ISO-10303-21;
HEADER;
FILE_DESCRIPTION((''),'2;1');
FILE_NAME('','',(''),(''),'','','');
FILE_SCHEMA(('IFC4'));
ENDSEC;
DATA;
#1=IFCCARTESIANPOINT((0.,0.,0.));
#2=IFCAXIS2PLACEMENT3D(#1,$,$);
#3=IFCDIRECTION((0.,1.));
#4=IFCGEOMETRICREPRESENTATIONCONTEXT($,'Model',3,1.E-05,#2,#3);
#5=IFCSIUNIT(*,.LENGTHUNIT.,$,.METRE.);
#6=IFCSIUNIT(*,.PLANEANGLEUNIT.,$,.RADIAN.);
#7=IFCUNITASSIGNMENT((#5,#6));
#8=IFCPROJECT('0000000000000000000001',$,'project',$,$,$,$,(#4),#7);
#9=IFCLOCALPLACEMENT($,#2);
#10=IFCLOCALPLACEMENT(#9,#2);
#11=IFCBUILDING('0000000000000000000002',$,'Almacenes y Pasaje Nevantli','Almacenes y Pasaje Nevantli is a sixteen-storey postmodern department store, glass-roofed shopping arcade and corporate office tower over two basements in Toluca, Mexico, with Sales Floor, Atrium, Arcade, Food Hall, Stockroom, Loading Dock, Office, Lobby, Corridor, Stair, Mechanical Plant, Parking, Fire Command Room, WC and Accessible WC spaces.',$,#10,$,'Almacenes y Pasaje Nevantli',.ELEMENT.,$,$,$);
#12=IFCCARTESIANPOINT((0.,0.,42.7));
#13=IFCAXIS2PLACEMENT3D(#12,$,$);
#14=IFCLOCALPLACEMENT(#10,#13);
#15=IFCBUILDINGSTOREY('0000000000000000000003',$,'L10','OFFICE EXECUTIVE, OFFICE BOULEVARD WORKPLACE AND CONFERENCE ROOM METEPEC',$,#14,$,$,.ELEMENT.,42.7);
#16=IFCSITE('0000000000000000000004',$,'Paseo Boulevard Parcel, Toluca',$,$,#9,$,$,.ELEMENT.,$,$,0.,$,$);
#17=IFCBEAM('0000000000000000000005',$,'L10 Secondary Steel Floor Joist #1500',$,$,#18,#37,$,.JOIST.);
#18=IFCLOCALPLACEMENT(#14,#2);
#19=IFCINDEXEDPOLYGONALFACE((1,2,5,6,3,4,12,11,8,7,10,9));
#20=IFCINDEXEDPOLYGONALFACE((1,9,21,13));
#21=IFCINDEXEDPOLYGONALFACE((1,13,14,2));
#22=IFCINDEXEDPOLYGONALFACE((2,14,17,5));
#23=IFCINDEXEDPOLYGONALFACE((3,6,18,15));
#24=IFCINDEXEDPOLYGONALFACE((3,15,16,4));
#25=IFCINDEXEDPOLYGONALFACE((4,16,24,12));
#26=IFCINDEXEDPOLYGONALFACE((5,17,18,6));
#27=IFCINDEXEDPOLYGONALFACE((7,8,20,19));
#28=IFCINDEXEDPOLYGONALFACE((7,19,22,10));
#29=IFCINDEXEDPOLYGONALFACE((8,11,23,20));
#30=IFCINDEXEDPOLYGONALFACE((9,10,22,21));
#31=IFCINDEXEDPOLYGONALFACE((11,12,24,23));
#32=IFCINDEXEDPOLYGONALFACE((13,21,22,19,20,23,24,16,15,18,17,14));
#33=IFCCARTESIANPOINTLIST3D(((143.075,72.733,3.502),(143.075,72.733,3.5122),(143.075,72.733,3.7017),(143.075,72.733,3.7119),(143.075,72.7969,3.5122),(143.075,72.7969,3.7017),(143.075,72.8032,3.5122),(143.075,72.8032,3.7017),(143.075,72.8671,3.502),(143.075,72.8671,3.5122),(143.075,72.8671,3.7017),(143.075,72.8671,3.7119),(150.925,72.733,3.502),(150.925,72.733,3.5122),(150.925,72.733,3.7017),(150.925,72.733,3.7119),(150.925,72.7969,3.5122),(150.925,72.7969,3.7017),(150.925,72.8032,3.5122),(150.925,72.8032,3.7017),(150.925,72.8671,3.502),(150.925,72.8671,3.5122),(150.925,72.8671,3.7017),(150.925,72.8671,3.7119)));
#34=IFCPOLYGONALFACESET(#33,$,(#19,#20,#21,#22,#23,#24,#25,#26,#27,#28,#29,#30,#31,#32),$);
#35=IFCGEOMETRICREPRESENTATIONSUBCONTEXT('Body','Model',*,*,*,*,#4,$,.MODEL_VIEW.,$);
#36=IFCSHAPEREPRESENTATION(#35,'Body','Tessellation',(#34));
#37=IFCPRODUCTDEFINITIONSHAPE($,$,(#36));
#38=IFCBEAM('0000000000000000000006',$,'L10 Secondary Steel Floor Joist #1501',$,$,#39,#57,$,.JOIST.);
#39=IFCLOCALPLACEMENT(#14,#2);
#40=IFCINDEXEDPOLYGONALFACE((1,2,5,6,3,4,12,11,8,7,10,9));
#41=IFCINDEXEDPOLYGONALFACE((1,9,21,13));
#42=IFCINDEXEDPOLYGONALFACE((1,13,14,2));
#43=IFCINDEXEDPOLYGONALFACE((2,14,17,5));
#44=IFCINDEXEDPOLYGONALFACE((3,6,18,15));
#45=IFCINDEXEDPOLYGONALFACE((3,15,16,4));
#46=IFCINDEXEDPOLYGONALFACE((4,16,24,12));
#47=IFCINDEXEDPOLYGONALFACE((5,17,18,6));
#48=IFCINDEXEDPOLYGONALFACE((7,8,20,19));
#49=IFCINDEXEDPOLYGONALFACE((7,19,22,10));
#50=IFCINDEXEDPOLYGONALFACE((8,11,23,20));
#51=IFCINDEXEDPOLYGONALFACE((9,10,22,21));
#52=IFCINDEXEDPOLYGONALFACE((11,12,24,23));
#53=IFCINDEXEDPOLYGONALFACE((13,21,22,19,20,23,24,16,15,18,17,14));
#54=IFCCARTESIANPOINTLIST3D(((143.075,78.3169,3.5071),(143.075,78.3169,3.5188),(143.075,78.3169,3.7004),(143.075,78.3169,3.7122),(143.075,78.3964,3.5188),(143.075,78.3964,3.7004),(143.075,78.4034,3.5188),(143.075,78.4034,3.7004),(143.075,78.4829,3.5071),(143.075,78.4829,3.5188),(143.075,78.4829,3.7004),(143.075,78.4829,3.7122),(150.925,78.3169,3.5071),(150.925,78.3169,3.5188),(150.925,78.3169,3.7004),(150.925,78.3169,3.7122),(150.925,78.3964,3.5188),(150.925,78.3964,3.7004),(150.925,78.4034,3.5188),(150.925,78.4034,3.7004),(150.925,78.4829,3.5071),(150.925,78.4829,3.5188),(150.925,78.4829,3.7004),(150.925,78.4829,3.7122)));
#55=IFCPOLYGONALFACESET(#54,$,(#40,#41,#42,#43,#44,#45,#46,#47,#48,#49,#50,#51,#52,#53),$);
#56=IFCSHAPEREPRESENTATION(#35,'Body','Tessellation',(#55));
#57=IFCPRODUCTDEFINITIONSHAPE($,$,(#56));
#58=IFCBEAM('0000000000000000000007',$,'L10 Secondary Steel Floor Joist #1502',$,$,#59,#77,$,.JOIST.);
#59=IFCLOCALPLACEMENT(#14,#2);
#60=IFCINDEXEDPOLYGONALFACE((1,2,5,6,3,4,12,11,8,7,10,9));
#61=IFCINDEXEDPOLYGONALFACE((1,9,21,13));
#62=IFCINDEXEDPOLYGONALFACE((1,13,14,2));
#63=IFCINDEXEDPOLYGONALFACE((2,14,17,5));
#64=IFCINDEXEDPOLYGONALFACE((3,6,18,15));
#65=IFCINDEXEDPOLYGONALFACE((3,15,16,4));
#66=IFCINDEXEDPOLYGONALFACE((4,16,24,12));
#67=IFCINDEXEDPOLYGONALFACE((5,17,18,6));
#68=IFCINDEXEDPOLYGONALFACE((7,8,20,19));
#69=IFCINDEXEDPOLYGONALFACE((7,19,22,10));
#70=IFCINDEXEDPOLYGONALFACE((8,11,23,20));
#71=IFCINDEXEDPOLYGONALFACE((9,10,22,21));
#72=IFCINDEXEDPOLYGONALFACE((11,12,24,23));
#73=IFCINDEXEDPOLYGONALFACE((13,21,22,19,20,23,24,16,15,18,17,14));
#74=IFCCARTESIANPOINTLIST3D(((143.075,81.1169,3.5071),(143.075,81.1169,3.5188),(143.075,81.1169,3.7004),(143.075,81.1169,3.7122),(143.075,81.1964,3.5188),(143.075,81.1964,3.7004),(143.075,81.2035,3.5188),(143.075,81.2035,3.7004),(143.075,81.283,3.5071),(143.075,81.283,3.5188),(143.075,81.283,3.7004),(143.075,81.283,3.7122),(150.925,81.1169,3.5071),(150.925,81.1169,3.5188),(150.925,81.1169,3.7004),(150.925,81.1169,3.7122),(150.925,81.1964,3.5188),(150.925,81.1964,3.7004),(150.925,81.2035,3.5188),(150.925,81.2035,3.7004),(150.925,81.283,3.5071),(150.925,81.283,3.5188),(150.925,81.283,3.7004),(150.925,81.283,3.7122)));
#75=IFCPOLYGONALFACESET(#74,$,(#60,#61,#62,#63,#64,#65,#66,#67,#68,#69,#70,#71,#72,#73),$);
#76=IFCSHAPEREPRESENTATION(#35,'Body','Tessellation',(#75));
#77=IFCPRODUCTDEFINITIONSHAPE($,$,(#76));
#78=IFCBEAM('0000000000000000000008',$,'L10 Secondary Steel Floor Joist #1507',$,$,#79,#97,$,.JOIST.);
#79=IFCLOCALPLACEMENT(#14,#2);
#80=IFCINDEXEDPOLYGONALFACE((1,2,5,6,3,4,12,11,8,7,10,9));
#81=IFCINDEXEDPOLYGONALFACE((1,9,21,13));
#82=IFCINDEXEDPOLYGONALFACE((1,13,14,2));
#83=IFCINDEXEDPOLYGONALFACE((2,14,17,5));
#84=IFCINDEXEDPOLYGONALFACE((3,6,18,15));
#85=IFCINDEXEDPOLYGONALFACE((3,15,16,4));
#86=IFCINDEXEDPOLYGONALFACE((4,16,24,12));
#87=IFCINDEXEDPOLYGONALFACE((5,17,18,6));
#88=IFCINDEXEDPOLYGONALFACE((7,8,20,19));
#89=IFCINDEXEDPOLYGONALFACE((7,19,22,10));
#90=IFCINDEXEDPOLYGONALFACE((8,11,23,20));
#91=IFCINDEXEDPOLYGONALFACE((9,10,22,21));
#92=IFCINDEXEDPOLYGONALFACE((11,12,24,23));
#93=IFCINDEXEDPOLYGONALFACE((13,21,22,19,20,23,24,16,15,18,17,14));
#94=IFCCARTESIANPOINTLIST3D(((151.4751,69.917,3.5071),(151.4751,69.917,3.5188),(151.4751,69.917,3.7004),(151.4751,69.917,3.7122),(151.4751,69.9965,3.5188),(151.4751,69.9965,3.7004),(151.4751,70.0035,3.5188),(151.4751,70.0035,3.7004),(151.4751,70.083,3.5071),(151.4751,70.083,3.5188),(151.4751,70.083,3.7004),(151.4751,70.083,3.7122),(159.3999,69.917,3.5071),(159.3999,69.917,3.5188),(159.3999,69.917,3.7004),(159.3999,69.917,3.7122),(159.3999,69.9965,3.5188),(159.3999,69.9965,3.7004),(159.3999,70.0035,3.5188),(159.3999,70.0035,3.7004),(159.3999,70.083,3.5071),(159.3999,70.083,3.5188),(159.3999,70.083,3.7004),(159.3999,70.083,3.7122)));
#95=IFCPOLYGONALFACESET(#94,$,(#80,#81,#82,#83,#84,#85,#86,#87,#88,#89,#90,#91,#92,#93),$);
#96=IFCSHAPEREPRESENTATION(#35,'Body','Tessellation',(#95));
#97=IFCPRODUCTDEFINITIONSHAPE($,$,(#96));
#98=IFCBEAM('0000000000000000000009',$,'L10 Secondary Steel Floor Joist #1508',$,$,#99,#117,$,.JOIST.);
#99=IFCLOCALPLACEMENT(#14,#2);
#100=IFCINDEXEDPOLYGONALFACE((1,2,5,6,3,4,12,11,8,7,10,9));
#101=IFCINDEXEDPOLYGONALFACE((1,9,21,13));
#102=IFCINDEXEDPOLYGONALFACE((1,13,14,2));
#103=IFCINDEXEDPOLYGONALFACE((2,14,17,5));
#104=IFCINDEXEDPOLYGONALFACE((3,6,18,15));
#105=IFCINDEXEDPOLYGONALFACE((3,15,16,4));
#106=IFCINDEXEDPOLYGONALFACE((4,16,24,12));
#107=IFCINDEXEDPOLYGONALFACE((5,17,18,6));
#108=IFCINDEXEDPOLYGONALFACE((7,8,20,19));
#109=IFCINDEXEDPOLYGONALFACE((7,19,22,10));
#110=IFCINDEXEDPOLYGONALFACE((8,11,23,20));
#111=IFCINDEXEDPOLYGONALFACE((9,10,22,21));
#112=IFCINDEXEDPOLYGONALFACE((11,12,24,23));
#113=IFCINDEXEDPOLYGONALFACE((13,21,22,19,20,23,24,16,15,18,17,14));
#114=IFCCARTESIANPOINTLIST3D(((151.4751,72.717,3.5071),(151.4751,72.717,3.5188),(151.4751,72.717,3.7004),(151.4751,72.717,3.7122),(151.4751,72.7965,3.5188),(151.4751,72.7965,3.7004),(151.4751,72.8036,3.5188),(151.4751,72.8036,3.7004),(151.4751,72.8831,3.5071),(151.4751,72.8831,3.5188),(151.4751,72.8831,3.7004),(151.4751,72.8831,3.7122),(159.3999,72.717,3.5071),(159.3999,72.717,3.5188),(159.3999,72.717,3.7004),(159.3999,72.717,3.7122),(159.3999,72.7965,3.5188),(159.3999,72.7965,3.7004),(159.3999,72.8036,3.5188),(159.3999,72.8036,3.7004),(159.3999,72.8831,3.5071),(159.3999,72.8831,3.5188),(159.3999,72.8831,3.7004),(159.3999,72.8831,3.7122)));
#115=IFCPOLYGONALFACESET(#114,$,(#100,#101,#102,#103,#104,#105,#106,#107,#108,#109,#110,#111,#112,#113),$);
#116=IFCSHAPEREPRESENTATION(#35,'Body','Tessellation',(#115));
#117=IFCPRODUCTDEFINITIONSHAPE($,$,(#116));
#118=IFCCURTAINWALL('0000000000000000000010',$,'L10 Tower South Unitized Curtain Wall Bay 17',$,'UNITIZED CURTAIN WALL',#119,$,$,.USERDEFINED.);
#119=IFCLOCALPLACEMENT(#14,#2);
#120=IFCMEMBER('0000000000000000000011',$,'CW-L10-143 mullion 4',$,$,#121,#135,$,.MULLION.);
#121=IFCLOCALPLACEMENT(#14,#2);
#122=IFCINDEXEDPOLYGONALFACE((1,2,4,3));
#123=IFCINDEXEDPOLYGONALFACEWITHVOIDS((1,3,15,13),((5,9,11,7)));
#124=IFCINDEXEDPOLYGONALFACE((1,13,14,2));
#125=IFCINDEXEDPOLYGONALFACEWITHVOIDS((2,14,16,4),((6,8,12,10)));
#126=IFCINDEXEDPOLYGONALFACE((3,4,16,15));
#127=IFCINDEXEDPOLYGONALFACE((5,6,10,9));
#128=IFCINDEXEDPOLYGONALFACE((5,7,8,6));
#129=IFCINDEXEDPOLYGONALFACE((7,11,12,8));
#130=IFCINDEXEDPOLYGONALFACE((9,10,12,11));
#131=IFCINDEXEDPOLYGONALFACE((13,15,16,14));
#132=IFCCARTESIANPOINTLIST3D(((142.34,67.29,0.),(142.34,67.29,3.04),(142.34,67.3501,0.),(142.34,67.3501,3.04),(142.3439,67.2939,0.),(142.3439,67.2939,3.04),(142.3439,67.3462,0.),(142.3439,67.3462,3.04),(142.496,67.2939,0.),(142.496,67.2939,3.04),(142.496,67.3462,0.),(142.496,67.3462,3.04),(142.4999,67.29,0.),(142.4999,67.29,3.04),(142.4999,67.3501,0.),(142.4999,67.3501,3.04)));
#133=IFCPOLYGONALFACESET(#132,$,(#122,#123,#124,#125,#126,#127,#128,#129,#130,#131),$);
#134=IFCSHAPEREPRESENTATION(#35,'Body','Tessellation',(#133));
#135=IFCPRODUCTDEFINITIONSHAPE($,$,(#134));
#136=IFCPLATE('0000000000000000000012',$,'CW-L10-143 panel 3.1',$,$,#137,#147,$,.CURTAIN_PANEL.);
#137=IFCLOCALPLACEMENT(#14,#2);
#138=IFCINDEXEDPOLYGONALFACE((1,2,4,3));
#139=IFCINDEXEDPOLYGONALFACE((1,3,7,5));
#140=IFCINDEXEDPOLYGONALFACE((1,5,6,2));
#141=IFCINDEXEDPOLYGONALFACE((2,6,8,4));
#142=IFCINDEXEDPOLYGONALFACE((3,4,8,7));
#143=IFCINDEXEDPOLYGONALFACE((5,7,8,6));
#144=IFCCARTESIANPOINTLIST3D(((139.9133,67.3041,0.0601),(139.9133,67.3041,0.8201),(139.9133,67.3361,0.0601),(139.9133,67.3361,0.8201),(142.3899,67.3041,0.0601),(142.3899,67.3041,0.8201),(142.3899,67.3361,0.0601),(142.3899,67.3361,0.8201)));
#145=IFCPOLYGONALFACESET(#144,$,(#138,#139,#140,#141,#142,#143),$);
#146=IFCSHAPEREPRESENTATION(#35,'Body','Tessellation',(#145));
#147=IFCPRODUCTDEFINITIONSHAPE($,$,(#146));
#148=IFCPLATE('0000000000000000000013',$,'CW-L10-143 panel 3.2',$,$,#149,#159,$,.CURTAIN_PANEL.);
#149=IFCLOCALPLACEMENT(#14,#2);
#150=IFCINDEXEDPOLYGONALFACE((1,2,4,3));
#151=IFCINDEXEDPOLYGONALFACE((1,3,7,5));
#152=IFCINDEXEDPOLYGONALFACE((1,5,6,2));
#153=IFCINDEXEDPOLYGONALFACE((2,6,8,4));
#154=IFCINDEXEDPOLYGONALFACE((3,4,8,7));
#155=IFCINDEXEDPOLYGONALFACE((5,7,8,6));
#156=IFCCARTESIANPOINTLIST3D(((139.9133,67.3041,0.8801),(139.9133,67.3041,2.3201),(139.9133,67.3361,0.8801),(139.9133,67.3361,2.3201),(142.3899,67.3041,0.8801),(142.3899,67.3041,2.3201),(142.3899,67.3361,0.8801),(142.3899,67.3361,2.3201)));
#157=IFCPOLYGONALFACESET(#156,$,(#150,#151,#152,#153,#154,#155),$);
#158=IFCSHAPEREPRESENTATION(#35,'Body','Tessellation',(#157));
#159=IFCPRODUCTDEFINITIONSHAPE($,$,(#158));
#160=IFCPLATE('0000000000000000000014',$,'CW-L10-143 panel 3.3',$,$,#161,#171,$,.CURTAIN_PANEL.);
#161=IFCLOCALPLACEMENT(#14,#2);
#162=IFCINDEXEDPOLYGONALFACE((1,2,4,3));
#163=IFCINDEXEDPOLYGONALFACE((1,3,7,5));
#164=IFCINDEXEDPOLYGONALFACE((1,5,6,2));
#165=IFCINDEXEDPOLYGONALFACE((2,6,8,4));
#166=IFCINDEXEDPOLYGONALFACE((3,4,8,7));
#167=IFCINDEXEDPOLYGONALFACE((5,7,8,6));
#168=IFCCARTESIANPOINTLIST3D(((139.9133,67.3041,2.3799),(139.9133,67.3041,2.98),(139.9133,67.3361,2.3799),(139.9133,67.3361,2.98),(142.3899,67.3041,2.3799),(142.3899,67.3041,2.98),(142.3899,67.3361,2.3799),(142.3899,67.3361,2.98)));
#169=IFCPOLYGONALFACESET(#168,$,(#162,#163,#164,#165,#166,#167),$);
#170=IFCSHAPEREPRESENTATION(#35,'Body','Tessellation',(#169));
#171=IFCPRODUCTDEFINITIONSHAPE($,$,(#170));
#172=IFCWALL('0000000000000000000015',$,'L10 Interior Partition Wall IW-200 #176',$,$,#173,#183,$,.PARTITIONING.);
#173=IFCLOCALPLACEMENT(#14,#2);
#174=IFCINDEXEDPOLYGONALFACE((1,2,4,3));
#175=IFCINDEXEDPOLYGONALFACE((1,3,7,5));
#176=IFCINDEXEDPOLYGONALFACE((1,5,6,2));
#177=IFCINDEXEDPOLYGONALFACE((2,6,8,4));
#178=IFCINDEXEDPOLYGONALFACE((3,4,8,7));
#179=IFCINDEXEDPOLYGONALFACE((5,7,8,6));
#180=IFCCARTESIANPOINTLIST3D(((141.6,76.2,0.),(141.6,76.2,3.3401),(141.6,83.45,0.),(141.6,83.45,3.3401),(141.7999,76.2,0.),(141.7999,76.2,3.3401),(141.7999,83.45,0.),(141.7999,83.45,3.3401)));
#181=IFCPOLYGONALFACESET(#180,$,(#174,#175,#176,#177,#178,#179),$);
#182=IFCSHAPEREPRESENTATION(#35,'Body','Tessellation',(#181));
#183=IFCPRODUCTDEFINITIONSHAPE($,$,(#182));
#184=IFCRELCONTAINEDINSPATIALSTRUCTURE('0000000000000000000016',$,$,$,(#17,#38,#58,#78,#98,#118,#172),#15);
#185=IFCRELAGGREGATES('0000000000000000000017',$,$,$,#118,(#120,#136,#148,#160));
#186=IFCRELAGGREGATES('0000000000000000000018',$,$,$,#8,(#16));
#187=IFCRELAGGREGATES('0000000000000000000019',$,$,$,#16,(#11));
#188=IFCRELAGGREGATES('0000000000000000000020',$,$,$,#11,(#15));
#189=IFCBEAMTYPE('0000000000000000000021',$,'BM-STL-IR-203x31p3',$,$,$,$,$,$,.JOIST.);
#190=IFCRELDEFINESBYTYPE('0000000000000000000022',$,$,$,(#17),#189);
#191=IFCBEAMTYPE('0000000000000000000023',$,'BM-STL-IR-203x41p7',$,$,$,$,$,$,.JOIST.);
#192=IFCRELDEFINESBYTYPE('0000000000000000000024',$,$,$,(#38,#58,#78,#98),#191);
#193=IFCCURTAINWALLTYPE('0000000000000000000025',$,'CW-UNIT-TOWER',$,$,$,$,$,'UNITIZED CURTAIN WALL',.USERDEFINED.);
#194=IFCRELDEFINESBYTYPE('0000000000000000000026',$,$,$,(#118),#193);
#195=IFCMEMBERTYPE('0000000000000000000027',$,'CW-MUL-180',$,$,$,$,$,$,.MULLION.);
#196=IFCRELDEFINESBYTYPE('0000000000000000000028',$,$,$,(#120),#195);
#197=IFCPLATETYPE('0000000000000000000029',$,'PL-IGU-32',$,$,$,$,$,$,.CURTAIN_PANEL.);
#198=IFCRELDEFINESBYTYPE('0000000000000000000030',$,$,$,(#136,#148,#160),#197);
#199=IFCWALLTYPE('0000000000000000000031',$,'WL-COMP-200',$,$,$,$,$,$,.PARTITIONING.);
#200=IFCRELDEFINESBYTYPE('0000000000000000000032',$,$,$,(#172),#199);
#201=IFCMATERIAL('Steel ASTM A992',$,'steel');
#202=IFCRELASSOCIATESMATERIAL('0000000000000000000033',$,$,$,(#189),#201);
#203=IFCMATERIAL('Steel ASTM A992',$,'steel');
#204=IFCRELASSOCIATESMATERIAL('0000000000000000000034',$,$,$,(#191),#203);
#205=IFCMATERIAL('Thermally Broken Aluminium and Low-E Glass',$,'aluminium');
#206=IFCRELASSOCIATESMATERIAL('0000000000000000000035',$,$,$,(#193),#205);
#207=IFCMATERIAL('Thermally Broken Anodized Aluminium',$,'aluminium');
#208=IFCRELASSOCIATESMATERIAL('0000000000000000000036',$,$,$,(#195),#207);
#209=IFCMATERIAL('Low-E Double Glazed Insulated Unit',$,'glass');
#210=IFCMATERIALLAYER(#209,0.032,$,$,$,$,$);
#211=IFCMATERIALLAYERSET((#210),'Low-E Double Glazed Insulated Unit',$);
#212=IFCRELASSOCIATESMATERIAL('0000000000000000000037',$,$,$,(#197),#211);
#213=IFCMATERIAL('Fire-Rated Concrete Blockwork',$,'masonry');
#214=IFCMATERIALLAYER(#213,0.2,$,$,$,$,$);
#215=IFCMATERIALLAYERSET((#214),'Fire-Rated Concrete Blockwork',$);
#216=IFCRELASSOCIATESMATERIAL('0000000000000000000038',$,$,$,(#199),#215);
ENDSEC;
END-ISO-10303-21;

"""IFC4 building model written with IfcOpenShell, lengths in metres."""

from ifc_helpers import new_model, si_unit, direction, frame, frame_2d, origin, origin_2d, place, context, subcontext, project, spatial, rectangle, hollow_rectangle, i_section, extrude, material, layer, layer_set, material_profile, profile_set, type_object, element, aggregate, save


model = new_model("IFC4")

# Units and contexts
model_context = context("Model", 3, precision=1e-05, world=origin(), true_north=direction((0.0, 1.0)))
body_context = subcontext(model_context, "Body", "Model", "MODEL_VIEW")
ifc_project = project(units=[si_unit("LENGTHUNIT", "METRE"), si_unit("PLANEANGLEUNIT", "RADIAN")], contexts=[model_context])

# Site, building, storey
site_placement = place(None, origin())
site = spatial("IfcSite", under=ifc_project, at=site_placement, Name="Paseo Boulevard Parcel, Toluca", CompositionType="ELEMENT", RefElevation=0.0)
building_placement = place(site_placement, origin())
building = spatial("IfcBuilding", under=site, at=building_placement, Name="Almacenes y Pasaje Nevantli", Description="Almacenes y Pasaje Nevantli is a sixteen-storey postmodern department store, glass-roofed shopping arcade and corporate office tower over two basements in Toluca, Mexico, with Sales Floor, Atrium, Arcade, Food Hall, Stockroom, Loading Dock, Office, Lobby, Corridor, Stair, Mechanical Plant, Parking, Fire Command Room, WC and Accessible WC spaces.", LongName="Almacenes y Pasaje Nevantli", CompositionType="ELEMENT")
storey_placement = place(building_placement, frame((0.0, 0.0, 42.7)))
storey = spatial("IfcBuildingStorey", under=building, at=storey_placement, Name="L10", Description="OFFICE EXECUTIVE, OFFICE BOULEVARD WORKPLACE AND CONFERENCE ROOM METEPEC", CompositionType="ELEMENT", Elevation=42.7)

# Beams
ifc_material_1 = material(Name="Steel ASTM A992", Category="steel")
ifc_material_profile_1 = material_profile(ifc_material_1, i_section(OverallWidth=0.134, OverallDepth=0.21, WebThickness=0.0063, FlangeThickness=0.0103, at=origin_2d()), Name="IR 203x31.3")
ifc_profile_set_1 = profile_set([ifc_material_profile_1], Name="Steel ASTM A992")
beam_type_1 = type_object("IfcBeamType", Name="BM-STL-IR-203x31p3", PredefinedType="JOIST", material=ifc_profile_set_1)
for number, where, z_axis, x_axis, name in (
    (1, (143.075, 72.8, 3.6069), (1.0, 0.0, 0.0), (0.0, 1.0, 0.0), "L10 Secondary Steel Floor Joist #1500"),
):
    element("IfcBeam", number, at=place(storey_placement, frame(where, z_axis=z_axis, x_axis=x_axis)), inside=storey, type_object=beam_type_1, Name=name, PredefinedType="JOIST", context=body_context, shape_type="SweptSolid", body=[
        extrude(i_section(OverallWidth=0.134, OverallDepth=0.21, WebThickness=0.0063, FlangeThickness=0.0103, at=origin_2d()), origin(), (0.0, 0.0, 1.0), 7.8501),
    ])
ifc_material_2 = material(Name="Steel ASTM A992", Category="steel")
ifc_material_profile_2 = material_profile(ifc_material_2, i_section(OverallWidth=0.166, OverallDepth=0.2051, WebThickness=0.0071, FlangeThickness=0.0117, at=origin_2d()), Name="IR 203x41.7")
ifc_profile_set_2 = profile_set([ifc_material_profile_2], Name="Steel ASTM A992")
beam_type_2 = type_object("IfcBeamType", Name="BM-STL-IR-203x41p7", PredefinedType="JOIST", material=ifc_profile_set_2)
for number, where, z_axis, x_axis, name in (
    (2, (143.075, 78.3999, 3.6096), (1.0, 0.0, 0.0), (0.0, 1.0, 0.0), "L10 Secondary Steel Floor Joist #1501"),
    (3, (143.075, 81.2, 3.6096), (1.0, 0.0, 0.0), (0.0, 1.0, 0.0), "L10 Secondary Steel Floor Joist #1502"),
):
    element("IfcBeam", number, at=place(storey_placement, frame(where, z_axis=z_axis, x_axis=x_axis)), inside=storey, type_object=beam_type_2, Name=name, PredefinedType="JOIST", context=body_context, shape_type="SweptSolid", body=[
        extrude(i_section(OverallWidth=0.166, OverallDepth=0.2051, WebThickness=0.0071, FlangeThickness=0.0117, at=origin_2d()), origin(), (0.0, 0.0, 1.0), 7.8501),
    ])
for number, where, z_axis, x_axis, name in (
    (4, (151.4751, 70.0, 3.6096), (1.0, 0.0, 0.0), (0.0, 1.0, 0.0), "L10 Secondary Steel Floor Joist #1507"),
    (5, (151.4751, 72.8, 3.6096), (1.0, 0.0, 0.0), (0.0, 1.0, 0.0), "L10 Secondary Steel Floor Joist #1508"),
):
    element("IfcBeam", number, at=place(storey_placement, frame(where, z_axis=z_axis, x_axis=x_axis)), inside=storey, type_object=beam_type_2, Name=name, PredefinedType="JOIST", context=body_context, shape_type="SweptSolid", body=[
        extrude(i_section(OverallWidth=0.166, OverallDepth=0.2051, WebThickness=0.0071, FlangeThickness=0.0117, at=origin_2d()), origin(), (0.0, 0.0, 1.0), 7.9248),
    ])

# Curtain wall, member, plates
ifc_material_3 = material(Name="Thermally Broken Aluminium and Low-E Glass", Category="aluminium")
curtain_wall_type = type_object("IfcCurtainWallType", Name="CW-UNIT-TOWER", ElementType="UNITIZED CURTAIN WALL", PredefinedType="USERDEFINED", material=ifc_material_3)
curtain_wall_placement = place(storey_placement, origin())
curtain_wall = element("IfcCurtainWall", 6, at=curtain_wall_placement, inside=storey, type_object=curtain_wall_type, Name="L10 Tower South Unitized Curtain Wall Bay 17", ObjectType="UNITIZED CURTAIN WALL", PredefinedType="USERDEFINED")
ifc_material_4 = material(Name="Thermally Broken Anodized Aluminium", Category="aluminium")
ifc_material_profile_3 = material_profile(ifc_material_4, hollow_rectangle(XDim=0.0601, YDim=0.1599, WallThickness=0.0039, at=origin_2d()), Name="ALU-MUL-60x160")
ifc_profile_set_3 = profile_set([ifc_material_profile_3], Name="Thermally Broken Anodized Aluminium")
member_type = type_object("IfcMemberType", Name="CW-MUL-180", PredefinedType="MULLION", material=ifc_profile_set_3)
member_placement = place(storey_placement, frame((142.4199, 67.3201, 0.0), z_axis=(0.0, 0.0, 1.0), x_axis=(0.0, 1.0, 0.0)))
member = element("IfcMember", 7, at=member_placement, type_object=member_type, Name="CW-L10-143 mullion 4", PredefinedType="MULLION", context=body_context, shape_type="SweptSolid", body=[
    extrude(hollow_rectangle(XDim=0.0601, YDim=0.1599, WallThickness=0.0039, at=origin_2d()), origin(), (0.0, 0.0, 1.0), 3.04),
])
ifc_material_5 = material(Name="Low-E Double Glazed Insulated Unit", Category="glass")
ifc_layer_1 = layer(ifc_material_5, 0.032)
ifc_layer_set_1 = layer_set([ifc_layer_1], Name="Low-E Double Glazed Insulated Unit")
plate_type = type_object("IfcPlateType", Name="PL-IGU-32", PredefinedType="CURTAIN_PANEL", material=ifc_layer_set_1)
plate_1_placement = place(storey_placement, frame((141.1516, 67.3201, 0.0601), z_axis=(0.0, 0.0, 1.0), x_axis=(1.0, 0.0, 0.0)))
plate_1 = element("IfcPlate", 8, at=plate_1_placement, type_object=plate_type, Name="CW-L10-143 panel 3.1", PredefinedType="CURTAIN_PANEL", context=body_context, shape_type="SweptSolid", body=[
    extrude(rectangle(XDim=2.4766, YDim=0.032, at=origin_2d()), origin(), (0.0, 0.0, 1.0), 0.76),
])
plate_2_placement = place(storey_placement, frame((141.1516, 67.3201, 0.8801), z_axis=(0.0, 0.0, 1.0), x_axis=(1.0, 0.0, 0.0)))
plate_2 = element("IfcPlate", 9, at=plate_2_placement, type_object=plate_type, Name="CW-L10-143 panel 3.2", PredefinedType="CURTAIN_PANEL", context=body_context, shape_type="SweptSolid", body=[
    extrude(rectangle(XDim=2.4766, YDim=0.032, at=origin_2d()), origin(), (0.0, 0.0, 1.0), 1.4399),
])
plate_3_placement = place(storey_placement, frame((141.1516, 67.3201, 2.3799), z_axis=(0.0, 0.0, 1.0), x_axis=(1.0, 0.0, 0.0)))
plate_3 = element("IfcPlate", 10, at=plate_3_placement, type_object=plate_type, Name="CW-L10-143 panel 3.3", PredefinedType="CURTAIN_PANEL", context=body_context, shape_type="SweptSolid", body=[
    extrude(rectangle(XDim=2.4766, YDim=0.032, at=origin_2d()), origin(), (0.0, 0.0, 1.0), 0.6001),
])
aggregate(curtain_wall, [member, plate_1, plate_2, plate_3])

# Wall
ifc_material_6 = material(Name="Fire-Rated Concrete Blockwork", Category="masonry")
ifc_layer_2 = layer(ifc_material_6, 0.2)
ifc_layer_set_2 = layer_set([ifc_layer_2], Name="Fire-Rated Concrete Blockwork")
wall_type_1 = type_object("IfcWallType", Name="WL-COMP-200", PredefinedType="PARTITIONING", material=ifc_layer_set_2)
wall_1_placement = place(storey_placement, frame((141.7, 76.2, 0.0), z_axis=(0.0, 0.0, 1.0), x_axis=(0.0, 1.0, 0.0)))
element("IfcWall", 11, at=wall_1_placement, inside=storey, type_object=wall_type_1, Name="L10 Interior Partition Wall IW-200 #176", PredefinedType="PARTITIONING", context=body_context, shape_type="SweptSolid", body=[
    extrude(rectangle(XDim=7.25, YDim=0.2, at=frame_2d((3.625, 0.0))), origin(), (0.0, 0.0, 1.0), 3.3401),
])

save(model, "model.ifc")
